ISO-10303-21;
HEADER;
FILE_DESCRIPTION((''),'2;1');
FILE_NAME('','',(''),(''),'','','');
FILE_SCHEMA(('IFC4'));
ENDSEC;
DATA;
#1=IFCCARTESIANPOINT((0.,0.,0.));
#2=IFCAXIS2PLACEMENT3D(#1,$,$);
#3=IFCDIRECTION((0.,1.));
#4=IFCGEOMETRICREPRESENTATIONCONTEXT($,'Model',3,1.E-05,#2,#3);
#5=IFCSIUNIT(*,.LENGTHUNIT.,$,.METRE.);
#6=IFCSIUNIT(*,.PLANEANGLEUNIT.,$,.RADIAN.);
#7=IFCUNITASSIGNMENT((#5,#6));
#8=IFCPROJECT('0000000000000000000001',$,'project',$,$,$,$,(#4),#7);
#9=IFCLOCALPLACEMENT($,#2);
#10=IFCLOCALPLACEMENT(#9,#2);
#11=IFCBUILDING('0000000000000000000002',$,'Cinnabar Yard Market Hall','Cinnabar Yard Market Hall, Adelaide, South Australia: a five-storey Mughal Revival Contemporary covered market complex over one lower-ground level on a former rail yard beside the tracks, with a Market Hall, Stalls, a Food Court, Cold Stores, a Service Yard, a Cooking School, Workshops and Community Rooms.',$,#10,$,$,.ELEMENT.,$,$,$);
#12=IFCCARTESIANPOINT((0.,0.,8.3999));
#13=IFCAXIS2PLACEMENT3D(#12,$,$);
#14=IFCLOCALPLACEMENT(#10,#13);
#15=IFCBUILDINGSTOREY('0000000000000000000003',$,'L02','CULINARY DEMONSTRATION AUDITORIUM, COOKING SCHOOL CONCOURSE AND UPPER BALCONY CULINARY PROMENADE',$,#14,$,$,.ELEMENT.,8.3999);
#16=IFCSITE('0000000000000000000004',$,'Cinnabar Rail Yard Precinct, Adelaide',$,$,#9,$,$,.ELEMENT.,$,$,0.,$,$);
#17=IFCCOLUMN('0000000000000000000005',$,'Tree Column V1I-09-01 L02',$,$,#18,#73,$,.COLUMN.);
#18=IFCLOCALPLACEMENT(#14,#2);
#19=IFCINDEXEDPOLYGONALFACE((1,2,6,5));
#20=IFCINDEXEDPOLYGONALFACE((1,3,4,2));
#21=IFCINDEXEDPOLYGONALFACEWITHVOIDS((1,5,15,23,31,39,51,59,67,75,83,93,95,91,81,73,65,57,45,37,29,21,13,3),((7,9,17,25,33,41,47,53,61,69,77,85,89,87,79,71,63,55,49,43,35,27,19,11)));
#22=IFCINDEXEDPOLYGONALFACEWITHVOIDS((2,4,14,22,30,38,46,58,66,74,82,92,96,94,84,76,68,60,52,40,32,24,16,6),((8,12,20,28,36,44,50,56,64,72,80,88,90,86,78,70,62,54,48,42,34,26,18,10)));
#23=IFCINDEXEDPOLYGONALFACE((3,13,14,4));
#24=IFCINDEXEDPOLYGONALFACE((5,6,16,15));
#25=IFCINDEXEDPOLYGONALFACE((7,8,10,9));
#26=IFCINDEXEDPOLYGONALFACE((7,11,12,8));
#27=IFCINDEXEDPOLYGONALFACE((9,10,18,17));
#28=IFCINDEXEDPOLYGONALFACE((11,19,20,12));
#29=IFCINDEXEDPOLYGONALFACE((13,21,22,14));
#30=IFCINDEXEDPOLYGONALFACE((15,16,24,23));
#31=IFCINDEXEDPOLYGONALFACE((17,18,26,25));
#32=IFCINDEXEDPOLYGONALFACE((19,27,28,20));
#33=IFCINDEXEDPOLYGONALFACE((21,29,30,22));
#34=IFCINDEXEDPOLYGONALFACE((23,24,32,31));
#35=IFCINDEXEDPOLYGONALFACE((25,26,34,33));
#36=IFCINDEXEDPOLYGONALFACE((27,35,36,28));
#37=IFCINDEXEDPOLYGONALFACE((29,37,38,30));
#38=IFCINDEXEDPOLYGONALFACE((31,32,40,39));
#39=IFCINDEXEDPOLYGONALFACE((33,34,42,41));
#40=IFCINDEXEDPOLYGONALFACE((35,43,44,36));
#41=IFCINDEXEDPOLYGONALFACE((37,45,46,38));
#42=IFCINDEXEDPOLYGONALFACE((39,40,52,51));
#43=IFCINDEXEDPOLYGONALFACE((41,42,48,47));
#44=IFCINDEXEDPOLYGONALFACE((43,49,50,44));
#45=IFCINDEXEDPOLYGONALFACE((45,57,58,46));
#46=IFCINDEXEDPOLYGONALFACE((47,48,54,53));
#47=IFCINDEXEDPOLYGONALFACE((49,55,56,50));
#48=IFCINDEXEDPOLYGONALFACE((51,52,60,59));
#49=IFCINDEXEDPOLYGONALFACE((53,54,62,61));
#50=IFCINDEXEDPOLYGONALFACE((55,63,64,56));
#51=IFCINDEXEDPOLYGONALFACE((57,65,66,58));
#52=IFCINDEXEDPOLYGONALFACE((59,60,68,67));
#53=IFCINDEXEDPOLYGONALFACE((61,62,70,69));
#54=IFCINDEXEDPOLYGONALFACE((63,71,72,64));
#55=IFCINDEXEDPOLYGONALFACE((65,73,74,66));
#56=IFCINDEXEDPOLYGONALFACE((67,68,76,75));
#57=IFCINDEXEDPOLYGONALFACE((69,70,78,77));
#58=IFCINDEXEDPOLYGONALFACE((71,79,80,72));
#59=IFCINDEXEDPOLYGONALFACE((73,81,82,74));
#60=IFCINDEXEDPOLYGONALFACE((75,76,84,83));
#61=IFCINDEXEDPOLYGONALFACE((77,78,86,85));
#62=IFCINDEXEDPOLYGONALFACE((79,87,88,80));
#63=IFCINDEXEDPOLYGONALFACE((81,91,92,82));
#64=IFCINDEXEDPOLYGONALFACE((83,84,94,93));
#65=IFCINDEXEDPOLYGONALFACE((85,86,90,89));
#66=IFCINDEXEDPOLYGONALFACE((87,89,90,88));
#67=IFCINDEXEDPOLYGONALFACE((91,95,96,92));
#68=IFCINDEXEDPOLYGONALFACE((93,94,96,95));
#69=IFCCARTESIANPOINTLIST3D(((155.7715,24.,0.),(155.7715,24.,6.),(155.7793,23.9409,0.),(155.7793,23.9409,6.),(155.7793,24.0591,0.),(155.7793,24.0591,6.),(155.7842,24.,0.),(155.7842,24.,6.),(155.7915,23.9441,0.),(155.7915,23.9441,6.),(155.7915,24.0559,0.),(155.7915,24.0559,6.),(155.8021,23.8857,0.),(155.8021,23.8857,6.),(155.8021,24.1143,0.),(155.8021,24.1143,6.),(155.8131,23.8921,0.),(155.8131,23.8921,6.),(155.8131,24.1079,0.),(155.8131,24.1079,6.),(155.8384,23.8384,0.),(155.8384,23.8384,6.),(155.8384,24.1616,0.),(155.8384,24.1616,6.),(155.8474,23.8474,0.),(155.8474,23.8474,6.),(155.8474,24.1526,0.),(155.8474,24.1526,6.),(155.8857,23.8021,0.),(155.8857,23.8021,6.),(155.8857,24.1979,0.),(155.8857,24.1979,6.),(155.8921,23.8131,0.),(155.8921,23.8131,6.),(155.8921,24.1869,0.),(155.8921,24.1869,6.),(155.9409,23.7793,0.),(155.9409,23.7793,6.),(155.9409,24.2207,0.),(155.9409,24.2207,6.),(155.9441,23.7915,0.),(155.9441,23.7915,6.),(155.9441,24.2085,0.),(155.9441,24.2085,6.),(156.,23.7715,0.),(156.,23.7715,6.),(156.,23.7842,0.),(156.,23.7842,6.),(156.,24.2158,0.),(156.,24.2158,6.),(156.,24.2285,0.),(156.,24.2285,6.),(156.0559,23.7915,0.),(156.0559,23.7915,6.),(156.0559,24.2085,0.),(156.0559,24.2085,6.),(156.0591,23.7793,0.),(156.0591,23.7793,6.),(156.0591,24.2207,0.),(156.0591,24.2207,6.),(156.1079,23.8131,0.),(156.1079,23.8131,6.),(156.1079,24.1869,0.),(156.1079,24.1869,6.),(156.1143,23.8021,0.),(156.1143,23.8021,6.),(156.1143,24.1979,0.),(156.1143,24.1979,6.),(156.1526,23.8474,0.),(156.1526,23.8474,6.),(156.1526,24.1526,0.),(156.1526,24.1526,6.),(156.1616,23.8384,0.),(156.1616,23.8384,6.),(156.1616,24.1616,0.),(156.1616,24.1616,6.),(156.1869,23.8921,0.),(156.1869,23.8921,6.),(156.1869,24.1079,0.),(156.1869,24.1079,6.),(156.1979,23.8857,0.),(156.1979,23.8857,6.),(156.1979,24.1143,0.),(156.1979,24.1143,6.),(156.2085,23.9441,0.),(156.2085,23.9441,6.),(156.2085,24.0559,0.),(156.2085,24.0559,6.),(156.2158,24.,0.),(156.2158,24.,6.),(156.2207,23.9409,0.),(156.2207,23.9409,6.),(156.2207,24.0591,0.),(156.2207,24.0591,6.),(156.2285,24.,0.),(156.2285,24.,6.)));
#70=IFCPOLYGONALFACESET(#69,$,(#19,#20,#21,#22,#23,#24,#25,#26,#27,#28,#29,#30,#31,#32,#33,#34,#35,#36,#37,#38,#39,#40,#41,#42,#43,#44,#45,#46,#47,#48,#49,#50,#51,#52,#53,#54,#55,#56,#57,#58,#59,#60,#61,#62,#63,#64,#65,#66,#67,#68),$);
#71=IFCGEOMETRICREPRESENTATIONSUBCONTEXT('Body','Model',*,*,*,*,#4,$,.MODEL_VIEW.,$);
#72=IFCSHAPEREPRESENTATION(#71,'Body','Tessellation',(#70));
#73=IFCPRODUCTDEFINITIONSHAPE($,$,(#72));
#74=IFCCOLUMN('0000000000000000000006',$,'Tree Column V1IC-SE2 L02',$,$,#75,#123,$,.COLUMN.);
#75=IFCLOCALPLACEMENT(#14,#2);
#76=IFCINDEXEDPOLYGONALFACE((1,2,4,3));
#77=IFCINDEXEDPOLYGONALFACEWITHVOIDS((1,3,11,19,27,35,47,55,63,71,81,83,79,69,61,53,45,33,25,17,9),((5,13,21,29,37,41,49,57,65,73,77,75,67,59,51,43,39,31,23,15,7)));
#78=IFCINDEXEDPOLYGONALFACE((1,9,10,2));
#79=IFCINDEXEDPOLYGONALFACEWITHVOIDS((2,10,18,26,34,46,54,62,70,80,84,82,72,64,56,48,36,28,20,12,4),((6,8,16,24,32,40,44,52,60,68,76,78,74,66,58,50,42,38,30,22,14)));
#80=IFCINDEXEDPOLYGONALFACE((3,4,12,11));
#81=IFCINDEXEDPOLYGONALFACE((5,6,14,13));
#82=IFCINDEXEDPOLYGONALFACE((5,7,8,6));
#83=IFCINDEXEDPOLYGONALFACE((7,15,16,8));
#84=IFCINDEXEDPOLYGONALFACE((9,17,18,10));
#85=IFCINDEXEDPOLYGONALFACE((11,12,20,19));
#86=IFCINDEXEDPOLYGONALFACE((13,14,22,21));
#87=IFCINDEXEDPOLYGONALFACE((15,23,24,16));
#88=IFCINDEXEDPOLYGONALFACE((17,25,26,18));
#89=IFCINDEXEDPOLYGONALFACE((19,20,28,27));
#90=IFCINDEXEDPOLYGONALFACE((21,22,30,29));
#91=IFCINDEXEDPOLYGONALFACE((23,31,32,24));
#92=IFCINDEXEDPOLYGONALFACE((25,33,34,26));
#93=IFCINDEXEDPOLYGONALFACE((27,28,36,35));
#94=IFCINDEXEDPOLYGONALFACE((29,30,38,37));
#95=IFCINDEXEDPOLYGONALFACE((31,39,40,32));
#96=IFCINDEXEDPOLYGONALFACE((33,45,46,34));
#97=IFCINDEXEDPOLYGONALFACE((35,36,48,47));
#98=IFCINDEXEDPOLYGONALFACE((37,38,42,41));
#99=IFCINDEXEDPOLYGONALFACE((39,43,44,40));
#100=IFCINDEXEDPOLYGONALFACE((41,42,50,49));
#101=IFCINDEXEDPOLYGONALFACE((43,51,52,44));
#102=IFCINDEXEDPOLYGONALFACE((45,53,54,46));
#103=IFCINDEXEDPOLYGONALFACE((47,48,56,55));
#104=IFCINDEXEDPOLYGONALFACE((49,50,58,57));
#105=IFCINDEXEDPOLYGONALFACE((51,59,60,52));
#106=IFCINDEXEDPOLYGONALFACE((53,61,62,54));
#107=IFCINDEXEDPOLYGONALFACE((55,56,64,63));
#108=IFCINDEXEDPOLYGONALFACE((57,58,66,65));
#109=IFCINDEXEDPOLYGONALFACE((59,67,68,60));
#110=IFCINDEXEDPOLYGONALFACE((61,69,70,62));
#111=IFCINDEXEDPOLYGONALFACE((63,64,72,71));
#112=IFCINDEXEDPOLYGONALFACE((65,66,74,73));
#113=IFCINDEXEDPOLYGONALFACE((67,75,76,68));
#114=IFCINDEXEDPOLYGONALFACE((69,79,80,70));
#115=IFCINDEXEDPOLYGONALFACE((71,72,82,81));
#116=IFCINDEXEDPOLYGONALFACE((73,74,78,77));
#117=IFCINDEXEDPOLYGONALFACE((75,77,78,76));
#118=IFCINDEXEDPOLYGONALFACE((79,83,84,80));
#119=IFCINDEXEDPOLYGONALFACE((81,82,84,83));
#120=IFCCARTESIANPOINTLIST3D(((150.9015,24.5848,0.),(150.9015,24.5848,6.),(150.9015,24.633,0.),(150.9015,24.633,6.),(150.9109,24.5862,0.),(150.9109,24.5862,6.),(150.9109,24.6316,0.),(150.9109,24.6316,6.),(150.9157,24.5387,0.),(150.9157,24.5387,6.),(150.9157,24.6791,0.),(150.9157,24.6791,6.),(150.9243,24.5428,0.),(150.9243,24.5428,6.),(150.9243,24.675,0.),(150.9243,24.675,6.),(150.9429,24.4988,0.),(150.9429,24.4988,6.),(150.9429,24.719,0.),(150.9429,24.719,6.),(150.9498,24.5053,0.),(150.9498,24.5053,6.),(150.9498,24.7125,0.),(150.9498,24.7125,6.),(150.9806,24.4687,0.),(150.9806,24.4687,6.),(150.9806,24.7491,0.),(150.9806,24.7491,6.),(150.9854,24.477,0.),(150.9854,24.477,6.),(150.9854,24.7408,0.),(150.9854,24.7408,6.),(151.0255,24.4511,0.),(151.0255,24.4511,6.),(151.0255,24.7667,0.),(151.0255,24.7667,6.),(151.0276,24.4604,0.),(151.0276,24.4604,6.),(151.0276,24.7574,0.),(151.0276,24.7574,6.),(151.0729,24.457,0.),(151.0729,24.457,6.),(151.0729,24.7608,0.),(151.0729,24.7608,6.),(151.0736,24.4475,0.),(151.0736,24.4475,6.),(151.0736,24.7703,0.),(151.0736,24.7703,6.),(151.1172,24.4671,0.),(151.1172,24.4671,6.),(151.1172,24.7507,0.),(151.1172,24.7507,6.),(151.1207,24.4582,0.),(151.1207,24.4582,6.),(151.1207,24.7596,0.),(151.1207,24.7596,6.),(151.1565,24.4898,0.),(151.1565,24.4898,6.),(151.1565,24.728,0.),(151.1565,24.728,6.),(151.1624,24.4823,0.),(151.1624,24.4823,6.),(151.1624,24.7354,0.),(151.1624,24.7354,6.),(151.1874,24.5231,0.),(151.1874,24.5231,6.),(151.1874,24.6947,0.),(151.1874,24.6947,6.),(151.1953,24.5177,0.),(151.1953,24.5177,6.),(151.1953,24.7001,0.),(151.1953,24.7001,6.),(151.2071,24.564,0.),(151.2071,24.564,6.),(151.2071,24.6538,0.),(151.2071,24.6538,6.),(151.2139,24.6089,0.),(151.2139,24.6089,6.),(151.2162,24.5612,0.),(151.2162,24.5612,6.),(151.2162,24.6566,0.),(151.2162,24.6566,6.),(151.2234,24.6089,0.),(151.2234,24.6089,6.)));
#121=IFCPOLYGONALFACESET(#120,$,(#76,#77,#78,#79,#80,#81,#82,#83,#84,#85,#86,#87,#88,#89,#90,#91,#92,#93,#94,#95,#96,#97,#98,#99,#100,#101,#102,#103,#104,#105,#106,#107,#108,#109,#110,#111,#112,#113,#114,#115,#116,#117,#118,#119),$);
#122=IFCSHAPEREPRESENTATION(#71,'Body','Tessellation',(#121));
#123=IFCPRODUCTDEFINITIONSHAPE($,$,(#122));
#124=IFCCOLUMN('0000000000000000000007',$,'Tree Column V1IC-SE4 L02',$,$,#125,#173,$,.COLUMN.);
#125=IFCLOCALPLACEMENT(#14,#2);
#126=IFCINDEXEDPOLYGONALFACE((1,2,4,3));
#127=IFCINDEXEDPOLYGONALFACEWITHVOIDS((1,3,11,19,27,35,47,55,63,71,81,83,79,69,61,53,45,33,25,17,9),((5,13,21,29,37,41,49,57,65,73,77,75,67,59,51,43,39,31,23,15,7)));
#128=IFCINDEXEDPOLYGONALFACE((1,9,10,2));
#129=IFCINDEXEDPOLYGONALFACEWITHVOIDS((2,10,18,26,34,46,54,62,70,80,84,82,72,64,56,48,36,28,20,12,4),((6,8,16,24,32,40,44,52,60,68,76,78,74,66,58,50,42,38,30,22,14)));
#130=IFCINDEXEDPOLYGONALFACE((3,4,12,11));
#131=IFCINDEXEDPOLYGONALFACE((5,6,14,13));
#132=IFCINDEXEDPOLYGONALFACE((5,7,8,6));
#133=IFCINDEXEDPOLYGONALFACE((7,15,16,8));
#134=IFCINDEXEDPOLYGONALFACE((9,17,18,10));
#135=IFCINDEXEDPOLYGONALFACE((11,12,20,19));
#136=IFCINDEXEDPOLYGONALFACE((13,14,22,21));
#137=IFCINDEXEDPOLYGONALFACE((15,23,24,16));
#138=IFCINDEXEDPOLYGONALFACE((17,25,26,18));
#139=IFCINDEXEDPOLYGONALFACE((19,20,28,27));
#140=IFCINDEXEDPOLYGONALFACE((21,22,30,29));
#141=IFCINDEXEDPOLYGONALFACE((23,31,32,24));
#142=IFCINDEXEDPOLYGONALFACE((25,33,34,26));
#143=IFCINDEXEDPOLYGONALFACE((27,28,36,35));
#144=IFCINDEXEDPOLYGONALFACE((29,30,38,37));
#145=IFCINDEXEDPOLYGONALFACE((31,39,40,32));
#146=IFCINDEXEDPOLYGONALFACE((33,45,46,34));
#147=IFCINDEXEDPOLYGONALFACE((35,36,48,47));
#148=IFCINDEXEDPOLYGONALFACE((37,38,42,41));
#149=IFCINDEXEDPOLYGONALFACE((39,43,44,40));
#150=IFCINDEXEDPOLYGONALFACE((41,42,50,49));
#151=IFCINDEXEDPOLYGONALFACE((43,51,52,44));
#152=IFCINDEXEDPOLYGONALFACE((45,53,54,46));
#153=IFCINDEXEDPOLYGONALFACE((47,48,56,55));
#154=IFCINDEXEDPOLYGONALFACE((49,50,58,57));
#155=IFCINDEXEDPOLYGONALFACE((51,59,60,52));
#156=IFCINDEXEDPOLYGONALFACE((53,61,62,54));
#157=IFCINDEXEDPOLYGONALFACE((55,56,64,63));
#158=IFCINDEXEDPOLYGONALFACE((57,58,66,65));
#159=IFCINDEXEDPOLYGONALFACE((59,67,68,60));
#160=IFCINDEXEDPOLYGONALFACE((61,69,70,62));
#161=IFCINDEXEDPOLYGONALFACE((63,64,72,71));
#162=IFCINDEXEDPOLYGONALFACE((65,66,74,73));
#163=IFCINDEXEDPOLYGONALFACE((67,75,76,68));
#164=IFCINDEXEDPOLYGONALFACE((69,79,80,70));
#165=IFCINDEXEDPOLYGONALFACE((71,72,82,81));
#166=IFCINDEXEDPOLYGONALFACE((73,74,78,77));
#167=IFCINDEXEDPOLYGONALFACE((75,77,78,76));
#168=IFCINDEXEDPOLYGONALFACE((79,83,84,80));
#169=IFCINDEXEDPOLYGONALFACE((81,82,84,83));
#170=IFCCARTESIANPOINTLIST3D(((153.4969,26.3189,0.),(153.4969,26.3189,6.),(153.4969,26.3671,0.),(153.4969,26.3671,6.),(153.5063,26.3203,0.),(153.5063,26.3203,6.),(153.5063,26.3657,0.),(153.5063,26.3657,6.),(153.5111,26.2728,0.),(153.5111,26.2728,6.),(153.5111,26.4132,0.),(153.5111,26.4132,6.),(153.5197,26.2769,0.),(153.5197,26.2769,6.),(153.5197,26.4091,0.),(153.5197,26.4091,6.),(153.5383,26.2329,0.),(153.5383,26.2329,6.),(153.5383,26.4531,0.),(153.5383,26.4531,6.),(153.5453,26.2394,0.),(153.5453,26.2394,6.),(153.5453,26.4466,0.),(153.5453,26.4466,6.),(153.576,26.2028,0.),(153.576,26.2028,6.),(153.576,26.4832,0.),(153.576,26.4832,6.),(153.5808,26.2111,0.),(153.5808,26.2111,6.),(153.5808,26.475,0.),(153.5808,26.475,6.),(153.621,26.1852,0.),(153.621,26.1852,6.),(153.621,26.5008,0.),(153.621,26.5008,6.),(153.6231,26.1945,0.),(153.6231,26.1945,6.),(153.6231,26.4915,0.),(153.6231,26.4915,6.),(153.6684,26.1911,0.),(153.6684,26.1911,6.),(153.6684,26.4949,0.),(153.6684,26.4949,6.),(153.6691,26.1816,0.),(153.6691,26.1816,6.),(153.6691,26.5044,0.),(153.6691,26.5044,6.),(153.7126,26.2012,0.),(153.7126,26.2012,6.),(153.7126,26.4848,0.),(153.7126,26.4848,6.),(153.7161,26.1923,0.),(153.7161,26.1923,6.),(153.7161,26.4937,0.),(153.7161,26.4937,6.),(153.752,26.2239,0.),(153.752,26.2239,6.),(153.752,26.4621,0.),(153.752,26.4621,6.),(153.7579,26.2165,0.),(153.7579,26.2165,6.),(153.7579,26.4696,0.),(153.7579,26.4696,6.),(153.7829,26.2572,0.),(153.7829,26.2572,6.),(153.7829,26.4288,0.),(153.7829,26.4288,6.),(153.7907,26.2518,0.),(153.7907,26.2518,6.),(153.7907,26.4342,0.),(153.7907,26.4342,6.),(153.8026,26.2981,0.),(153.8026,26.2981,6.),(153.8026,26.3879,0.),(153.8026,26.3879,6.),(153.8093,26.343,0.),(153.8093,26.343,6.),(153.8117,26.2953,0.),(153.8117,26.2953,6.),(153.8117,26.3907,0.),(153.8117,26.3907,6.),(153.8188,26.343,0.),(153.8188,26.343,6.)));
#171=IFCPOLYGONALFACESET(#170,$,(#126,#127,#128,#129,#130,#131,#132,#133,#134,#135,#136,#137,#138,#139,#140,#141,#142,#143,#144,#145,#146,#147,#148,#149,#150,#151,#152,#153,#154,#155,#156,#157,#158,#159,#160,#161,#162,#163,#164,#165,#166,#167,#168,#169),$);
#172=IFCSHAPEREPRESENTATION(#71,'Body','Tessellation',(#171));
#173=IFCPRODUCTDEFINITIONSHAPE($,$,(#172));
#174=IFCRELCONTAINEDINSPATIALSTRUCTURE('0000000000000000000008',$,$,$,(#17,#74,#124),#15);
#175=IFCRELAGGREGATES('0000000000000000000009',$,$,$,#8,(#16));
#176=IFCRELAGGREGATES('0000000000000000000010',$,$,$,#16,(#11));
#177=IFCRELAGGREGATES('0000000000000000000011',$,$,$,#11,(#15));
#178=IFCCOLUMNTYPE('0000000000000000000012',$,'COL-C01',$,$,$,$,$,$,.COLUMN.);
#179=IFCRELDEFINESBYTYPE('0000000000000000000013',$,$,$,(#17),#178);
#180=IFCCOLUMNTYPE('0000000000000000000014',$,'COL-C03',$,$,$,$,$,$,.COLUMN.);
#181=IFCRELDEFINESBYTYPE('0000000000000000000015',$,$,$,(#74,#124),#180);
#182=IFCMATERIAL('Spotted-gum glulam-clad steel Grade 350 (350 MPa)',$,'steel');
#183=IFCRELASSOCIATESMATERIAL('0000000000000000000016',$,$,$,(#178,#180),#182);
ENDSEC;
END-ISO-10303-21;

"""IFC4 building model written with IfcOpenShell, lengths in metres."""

from ifc_helpers import new_model, si_unit, direction, frame, origin, origin_2d_with_axis, place, context, subcontext, project, spatial, hollow_circle, extrude, material, material_profile, profile_set, type_object, element, save


model = new_model("IFC4")

# Units and contexts
model_context = context("Model", 3, precision=1e-05, world=origin(), true_north=direction((0.0, 1.0)))
body_context = subcontext(model_context, "Body", "Model", "MODEL_VIEW")
ifc_project = project(units=[si_unit("LENGTHUNIT", "METRE"), si_unit("PLANEANGLEUNIT", "RADIAN")], contexts=[model_context])

# Site, building, storey
site_placement = place(None, origin())
site = spatial("IfcSite", under=ifc_project, at=site_placement, Name="Cinnabar Rail Yard Precinct, Adelaide", CompositionType="ELEMENT", RefElevation=0.0)
building_placement = place(site_placement, origin())
building = spatial("IfcBuilding", under=site, at=building_placement, Name="Cinnabar Yard Market Hall", Description="Cinnabar Yard Market Hall, Adelaide, South Australia: a five-storey Mughal Revival Contemporary covered market complex over one lower-ground level on a former rail yard beside the tracks, with a Market Hall, Stalls, a Food Court, Cold Stores, a Service Yard, a Cooking School, Workshops and Community Rooms.", CompositionType="ELEMENT")
storey_placement = place(building_placement, frame((0.0, 0.0, 8.3999)))
storey = spatial("IfcBuildingStorey", under=building, at=storey_placement, Name="L02", Description="CULINARY DEMONSTRATION AUDITORIUM, COOKING SCHOOL CONCOURSE AND UPPER BALCONY CULINARY PROMENADE", CompositionType="ELEMENT", Elevation=8.3999)

# Columns
ifc_material_1 = material(Name="Spotted-gum glulam-clad steel Grade 350 (350 MPa)", Category="steel")
ifc_material_profile_1 = material_profile(ifc_material_1, hollow_circle(Radius=0.2285, WallThickness=0.0127, at=origin_2d_with_axis()), Name="457.0x12.7CHS")
ifc_profile_set_1 = profile_set([ifc_material_profile_1], Name="Spotted-gum glulam-clad steel Grade 350 (350 MPa)")
column_type_1 = type_object("IfcColumnType", Name="COL-C01", PredefinedType="COLUMN", material=ifc_profile_set_1)
column_placement = place(storey_placement, frame((156.0, 24.0, 0.0), z_axis=(0.0, 0.0, 1.0), x_axis=(1.0, 0.0, 0.0)))
element("IfcColumn", 1, at=column_placement, inside=storey, type_object=column_type_1, Name="Tree Column V1I-09-01 L02", PredefinedType="COLUMN", context=body_context, shape_type="SweptSolid", body=[
    extrude(hollow_circle(Radius=0.2285, WallThickness=0.0127, at=origin_2d_with_axis()), origin(), (0.0, 0.0, 1.0), 6.0),
])
ifc_material_profile_2 = material_profile(ifc_material_1, hollow_circle(Radius=0.1619, WallThickness=0.0095, at=origin_2d_with_axis()), Name="323.9x9.5CHS")
ifc_profile_set_2 = profile_set([ifc_material_profile_2], Name="Spotted-gum glulam-clad steel Grade 350 (350 MPa)")
column_type_2 = type_object("IfcColumnType", Name="COL-C03", PredefinedType="COLUMN", material=ifc_profile_set_2)
for number, where, z_axis, x_axis, name in (
    (2, (151.0615, 24.6089, 0.0), (0.0, 0.0, 1.0), (1.0, 0.0, 0.0), "Tree Column V1IC-SE2 L02"),
    (3, (153.657, 26.343, 0.0), (0.0, 0.0, 1.0), (1.0, 0.0, 0.0), "Tree Column V1IC-SE4 L02"),
):
    element("IfcColumn", number, at=place(storey_placement, frame(where, z_axis=z_axis, x_axis=x_axis)), inside=storey, type_object=column_type_2, Name=name, PredefinedType="COLUMN", context=body_context, shape_type="SweptSolid", body=[
        extrude(hollow_circle(Radius=0.1619, WallThickness=0.0095, at=origin_2d_with_axis()), origin(), (0.0, 0.0, 1.0), 6.0),
    ])

save(model, "model.ifc")
